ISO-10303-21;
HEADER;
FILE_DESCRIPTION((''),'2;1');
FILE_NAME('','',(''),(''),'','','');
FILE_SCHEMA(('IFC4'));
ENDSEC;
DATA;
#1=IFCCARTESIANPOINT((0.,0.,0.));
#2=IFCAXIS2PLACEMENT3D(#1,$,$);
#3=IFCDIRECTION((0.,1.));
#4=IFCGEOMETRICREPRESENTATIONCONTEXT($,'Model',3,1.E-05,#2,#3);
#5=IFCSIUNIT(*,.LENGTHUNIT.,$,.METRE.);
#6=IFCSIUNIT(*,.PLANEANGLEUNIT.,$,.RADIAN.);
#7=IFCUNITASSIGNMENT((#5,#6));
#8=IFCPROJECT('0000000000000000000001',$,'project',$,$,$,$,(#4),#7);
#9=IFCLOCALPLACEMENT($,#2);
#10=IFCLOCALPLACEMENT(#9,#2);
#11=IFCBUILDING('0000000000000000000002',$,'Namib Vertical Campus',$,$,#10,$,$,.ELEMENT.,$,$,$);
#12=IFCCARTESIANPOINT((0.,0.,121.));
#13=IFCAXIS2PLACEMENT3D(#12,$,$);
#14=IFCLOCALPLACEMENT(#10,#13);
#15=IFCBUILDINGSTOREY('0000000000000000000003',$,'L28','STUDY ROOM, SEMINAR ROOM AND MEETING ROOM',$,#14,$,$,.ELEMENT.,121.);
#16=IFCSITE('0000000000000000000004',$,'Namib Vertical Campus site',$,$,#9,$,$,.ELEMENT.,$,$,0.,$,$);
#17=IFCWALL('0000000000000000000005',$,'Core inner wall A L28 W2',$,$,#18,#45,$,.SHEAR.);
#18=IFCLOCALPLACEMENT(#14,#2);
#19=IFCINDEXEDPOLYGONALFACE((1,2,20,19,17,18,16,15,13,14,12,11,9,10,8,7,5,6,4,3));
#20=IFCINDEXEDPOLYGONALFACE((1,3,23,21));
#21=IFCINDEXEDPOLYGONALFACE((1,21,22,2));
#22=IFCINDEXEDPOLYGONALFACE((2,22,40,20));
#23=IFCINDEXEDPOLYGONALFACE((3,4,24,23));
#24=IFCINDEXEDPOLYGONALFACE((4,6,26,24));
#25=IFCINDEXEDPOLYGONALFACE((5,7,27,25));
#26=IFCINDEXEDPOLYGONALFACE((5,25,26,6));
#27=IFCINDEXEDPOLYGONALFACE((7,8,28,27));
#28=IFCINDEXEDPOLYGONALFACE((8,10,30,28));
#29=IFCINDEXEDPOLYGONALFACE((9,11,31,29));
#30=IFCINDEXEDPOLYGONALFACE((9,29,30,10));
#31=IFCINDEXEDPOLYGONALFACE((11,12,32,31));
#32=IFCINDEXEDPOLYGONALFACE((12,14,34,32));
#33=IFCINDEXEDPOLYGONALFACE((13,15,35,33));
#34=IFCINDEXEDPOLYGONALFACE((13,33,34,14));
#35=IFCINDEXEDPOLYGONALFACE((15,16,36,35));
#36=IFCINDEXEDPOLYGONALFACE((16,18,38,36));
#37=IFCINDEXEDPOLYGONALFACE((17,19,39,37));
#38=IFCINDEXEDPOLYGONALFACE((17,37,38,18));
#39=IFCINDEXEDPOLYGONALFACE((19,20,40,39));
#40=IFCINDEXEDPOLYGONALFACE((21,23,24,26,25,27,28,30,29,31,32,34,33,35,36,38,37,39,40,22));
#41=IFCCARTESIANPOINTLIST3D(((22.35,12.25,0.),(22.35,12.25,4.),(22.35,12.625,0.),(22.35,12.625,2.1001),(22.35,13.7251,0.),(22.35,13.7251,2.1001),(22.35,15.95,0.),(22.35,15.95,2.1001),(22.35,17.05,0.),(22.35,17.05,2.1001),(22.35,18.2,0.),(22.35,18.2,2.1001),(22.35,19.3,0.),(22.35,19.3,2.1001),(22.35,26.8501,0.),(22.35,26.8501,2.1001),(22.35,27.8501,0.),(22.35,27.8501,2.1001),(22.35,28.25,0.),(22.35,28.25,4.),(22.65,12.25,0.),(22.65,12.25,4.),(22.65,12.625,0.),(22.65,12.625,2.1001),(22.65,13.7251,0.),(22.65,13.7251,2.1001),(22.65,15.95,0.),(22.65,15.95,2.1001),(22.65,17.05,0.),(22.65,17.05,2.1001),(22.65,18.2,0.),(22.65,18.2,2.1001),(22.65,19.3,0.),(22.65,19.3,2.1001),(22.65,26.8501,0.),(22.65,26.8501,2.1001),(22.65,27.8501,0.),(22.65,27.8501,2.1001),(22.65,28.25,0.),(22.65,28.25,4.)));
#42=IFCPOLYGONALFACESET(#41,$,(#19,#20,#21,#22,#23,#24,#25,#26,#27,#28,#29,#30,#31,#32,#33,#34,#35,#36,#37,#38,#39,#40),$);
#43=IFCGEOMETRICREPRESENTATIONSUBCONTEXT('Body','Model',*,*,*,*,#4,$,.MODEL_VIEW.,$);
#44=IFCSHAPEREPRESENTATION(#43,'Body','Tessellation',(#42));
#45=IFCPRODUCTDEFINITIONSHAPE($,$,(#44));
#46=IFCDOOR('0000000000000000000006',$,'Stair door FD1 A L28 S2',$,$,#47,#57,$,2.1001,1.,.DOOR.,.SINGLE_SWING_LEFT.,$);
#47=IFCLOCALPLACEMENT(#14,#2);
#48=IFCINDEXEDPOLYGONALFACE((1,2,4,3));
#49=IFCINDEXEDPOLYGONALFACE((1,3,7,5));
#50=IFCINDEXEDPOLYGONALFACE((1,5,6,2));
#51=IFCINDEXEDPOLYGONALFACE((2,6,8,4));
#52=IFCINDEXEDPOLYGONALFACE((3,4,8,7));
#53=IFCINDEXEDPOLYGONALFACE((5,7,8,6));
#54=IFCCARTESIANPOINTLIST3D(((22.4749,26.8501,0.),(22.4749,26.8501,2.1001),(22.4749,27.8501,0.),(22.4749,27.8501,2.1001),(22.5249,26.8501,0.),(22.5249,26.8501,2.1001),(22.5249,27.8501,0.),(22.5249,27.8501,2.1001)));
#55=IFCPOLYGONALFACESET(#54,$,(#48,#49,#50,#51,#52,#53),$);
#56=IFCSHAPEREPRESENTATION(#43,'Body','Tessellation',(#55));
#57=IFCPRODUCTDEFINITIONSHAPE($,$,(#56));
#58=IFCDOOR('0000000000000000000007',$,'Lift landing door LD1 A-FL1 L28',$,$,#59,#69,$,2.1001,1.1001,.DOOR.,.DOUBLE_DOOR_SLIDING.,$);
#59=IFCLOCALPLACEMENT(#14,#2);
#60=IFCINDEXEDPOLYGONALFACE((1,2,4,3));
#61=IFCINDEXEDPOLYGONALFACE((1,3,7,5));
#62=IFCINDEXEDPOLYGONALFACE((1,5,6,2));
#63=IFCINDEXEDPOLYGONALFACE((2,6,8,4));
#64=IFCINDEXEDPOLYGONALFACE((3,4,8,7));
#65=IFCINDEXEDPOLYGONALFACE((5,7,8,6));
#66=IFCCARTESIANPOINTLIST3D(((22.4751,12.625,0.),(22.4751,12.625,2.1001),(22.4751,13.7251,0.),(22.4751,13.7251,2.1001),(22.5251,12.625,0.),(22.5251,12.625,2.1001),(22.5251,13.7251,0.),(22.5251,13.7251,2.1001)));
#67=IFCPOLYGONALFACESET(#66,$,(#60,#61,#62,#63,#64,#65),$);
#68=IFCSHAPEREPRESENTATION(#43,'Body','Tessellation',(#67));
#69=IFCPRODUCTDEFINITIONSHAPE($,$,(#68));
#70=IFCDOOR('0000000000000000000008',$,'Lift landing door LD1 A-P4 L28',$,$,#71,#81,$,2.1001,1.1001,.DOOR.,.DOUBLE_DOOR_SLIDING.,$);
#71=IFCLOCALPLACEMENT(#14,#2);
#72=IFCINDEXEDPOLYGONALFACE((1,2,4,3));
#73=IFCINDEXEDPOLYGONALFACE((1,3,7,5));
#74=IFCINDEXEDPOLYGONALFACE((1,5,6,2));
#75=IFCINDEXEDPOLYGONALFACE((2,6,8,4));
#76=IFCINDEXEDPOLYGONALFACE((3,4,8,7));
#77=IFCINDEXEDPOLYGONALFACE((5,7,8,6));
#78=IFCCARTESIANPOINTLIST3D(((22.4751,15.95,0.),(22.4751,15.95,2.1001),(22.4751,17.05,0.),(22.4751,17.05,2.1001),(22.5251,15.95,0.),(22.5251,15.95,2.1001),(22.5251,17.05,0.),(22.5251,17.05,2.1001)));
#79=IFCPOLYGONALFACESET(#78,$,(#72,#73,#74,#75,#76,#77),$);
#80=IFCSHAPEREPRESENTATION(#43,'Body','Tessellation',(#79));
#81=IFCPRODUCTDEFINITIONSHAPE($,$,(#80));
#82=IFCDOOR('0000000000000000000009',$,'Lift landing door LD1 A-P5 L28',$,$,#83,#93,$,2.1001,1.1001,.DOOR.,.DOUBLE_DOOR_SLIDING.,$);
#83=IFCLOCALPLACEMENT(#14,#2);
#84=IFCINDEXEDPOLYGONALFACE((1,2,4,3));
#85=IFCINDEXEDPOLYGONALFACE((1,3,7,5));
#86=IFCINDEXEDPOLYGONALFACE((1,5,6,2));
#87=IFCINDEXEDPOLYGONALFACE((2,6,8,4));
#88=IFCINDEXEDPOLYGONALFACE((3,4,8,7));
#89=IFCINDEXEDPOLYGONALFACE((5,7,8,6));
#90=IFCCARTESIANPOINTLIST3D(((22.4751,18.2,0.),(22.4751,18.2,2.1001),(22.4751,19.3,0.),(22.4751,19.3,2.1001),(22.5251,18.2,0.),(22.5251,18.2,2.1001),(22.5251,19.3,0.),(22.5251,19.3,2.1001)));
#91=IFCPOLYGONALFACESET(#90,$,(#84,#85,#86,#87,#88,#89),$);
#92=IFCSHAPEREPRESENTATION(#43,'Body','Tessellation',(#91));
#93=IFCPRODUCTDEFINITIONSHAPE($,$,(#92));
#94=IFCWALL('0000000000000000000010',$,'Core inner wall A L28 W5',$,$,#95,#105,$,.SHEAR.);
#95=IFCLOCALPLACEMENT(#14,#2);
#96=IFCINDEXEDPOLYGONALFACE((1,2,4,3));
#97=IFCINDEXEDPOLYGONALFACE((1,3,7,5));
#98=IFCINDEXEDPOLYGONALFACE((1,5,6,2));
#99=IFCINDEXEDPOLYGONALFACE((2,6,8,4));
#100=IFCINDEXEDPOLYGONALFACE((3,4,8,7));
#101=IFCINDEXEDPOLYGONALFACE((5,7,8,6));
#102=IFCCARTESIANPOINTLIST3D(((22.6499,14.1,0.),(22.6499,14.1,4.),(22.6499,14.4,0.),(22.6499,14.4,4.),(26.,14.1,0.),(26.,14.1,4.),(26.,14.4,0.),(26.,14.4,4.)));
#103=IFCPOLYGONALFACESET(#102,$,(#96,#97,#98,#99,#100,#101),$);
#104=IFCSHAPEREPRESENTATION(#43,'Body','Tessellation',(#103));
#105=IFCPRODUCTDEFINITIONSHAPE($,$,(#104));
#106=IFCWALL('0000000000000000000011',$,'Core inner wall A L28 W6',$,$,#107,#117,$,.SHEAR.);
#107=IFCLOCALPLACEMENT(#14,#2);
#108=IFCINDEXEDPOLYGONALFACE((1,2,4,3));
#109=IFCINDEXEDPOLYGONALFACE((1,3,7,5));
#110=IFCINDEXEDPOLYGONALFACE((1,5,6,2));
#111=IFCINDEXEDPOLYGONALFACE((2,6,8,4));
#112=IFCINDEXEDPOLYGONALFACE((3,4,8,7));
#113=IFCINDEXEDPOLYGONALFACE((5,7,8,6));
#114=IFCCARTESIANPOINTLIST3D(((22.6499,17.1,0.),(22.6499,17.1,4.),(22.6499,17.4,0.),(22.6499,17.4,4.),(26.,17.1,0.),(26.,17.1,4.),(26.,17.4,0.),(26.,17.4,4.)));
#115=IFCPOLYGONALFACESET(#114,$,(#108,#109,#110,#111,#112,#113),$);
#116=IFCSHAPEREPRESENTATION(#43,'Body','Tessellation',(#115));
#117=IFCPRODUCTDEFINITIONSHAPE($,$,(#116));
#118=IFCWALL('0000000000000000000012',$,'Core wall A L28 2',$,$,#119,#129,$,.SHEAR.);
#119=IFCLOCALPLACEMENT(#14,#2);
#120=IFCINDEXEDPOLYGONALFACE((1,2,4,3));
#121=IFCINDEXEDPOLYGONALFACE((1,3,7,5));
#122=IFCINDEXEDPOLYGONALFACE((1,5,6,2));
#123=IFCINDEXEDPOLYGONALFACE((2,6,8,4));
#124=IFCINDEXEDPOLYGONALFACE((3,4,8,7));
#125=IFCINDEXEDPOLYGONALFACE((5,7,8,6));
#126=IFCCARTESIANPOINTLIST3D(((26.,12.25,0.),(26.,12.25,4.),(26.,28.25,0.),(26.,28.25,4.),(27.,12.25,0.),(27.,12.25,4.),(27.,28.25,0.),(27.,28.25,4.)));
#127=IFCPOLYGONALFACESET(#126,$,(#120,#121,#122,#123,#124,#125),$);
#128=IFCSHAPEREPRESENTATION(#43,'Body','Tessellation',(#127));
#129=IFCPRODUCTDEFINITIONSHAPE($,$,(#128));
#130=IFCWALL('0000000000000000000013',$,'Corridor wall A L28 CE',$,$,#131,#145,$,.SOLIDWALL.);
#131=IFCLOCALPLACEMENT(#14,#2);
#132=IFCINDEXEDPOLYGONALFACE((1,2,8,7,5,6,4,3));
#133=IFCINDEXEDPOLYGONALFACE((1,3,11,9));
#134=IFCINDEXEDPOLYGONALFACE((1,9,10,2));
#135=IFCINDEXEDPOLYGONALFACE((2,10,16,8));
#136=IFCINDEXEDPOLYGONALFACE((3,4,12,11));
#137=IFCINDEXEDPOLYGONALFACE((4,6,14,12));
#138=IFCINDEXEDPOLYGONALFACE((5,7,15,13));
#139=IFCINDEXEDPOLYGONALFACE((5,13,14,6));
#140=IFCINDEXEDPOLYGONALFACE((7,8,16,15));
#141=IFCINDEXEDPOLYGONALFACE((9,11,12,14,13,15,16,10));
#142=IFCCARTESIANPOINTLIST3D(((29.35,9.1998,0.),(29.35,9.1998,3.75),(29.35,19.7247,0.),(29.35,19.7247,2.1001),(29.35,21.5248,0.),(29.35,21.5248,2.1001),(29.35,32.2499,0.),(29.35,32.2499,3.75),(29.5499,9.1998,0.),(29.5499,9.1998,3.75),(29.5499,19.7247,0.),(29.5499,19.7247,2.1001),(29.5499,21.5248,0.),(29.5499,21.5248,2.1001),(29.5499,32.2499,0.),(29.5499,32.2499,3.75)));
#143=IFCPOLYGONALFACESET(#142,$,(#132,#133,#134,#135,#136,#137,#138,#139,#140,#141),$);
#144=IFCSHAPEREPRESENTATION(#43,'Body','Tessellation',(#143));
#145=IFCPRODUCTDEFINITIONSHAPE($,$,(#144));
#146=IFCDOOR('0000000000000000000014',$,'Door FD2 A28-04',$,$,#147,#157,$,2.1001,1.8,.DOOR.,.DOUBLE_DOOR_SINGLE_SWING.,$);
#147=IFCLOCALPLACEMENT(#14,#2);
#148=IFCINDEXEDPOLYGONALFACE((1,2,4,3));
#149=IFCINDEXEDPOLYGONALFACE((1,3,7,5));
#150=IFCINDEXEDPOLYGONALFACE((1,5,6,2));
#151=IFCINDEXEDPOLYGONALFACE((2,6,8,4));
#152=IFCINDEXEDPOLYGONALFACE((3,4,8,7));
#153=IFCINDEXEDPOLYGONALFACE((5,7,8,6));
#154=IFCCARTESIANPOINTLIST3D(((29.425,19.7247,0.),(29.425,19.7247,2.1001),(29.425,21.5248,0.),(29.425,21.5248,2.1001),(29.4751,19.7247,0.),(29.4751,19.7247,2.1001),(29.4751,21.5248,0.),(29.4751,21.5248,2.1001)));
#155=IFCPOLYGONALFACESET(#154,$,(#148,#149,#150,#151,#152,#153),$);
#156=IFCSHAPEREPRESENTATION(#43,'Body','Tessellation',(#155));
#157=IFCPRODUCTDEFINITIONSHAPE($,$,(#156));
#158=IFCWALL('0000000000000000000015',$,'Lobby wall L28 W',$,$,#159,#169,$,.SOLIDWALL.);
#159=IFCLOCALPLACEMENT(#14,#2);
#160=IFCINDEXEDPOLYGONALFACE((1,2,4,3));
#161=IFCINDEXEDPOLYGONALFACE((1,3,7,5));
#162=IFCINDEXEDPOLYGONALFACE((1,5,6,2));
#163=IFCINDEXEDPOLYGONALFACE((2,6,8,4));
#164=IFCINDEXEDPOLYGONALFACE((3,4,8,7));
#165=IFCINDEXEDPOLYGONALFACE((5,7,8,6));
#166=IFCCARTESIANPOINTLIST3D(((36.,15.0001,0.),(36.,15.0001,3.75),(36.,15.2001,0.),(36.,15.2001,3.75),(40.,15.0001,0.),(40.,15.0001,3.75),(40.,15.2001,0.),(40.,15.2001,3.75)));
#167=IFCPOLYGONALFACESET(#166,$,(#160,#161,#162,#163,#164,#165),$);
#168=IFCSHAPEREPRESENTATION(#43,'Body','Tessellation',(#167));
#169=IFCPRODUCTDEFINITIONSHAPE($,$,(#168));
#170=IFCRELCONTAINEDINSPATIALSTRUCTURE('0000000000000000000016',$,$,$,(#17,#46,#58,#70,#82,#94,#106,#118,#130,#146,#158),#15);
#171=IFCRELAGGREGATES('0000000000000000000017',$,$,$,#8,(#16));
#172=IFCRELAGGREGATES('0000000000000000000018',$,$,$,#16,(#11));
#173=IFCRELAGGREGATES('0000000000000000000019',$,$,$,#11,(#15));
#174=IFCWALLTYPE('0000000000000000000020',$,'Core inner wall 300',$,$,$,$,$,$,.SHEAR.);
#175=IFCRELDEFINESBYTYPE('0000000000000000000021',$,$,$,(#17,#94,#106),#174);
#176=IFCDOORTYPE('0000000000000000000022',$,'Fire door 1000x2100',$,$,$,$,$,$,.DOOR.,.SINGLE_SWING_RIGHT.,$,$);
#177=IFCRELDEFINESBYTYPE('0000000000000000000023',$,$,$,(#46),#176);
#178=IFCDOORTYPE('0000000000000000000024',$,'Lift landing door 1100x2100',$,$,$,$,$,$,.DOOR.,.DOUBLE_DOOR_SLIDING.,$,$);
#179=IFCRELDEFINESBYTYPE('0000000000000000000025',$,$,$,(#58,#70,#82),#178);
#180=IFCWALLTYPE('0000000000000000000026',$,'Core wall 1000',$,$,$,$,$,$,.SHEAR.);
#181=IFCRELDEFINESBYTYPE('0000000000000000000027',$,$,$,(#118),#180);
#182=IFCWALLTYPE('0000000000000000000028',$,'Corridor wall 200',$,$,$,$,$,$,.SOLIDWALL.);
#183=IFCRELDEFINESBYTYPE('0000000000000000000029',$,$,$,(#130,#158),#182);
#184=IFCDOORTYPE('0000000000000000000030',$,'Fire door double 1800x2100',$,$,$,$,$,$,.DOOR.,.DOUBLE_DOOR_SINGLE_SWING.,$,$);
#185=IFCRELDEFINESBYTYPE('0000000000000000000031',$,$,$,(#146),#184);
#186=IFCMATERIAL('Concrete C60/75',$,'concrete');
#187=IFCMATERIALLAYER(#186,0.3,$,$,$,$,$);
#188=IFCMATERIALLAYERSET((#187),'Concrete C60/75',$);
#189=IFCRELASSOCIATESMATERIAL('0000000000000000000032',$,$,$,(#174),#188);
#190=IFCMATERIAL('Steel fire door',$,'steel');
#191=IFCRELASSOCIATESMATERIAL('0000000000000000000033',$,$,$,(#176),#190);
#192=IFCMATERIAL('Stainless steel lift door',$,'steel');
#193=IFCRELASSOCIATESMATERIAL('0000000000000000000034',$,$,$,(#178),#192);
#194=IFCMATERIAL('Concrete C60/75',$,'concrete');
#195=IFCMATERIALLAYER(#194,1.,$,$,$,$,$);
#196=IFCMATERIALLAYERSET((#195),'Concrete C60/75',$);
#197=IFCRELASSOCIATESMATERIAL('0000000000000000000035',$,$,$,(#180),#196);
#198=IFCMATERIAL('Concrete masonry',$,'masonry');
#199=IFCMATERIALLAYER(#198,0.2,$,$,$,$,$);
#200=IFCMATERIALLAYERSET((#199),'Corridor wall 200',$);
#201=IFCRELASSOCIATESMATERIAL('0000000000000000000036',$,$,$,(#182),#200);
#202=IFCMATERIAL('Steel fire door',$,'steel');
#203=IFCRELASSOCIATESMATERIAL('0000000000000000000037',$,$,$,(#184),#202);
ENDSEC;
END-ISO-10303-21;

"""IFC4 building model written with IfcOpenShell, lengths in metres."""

from ifc_helpers import new_model, si_unit, direction, frame, frame_2d, origin, place, context, subcontext, project, spatial, rectangle, extrude, material, layer, layer_set, type_object, element, fill, save


model = new_model("IFC4")

# Units and contexts
model_context = context("Model", 3, precision=1e-05, world=origin(), true_north=direction((0.0, 1.0)))
body_context = subcontext(model_context, "Body", "Model", "MODEL_VIEW")
ifc_project = project(units=[si_unit("LENGTHUNIT", "METRE"), si_unit("PLANEANGLEUNIT", "RADIAN")], contexts=[model_context])

# Site, building, storey
site_placement = place(None, origin())
site = spatial("IfcSite", under=ifc_project, at=site_placement, Name="Namib Vertical Campus site", CompositionType="ELEMENT", RefElevation=0.0)
building_placement = place(site_placement, origin())
building = spatial("IfcBuilding", under=site, at=building_placement, Name="Namib Vertical Campus", CompositionType="ELEMENT")
storey_placement = place(building_placement, frame((0.0, 0.0, 121.0)))
storey = spatial("IfcBuildingStorey", under=building, at=storey_placement, Name="L28", Description="STUDY ROOM, SEMINAR ROOM AND MEETING ROOM", CompositionType="ELEMENT", Elevation=121.0)

# Wall, openings, doors
ifc_material_1 = material(Name="Concrete C60/75", Category="concrete")
ifc_layer_1 = layer(ifc_material_1, 0.3)
ifc_layer_set_1 = layer_set([ifc_layer_1], Name="Concrete C60/75")
wall_type_1 = type_object("IfcWallType", Name="Core inner wall 300", PredefinedType="SHEAR", material=ifc_layer_set_1)
wall_1_placement = place(storey_placement, frame((22.5, 12.25, 0.0), z_axis=(0.0, 0.0, 1.0), x_axis=(0.0, 1.0, 0.0)))
wall_1 = element("IfcWall", 1, at=wall_1_placement, inside=storey, type_object=wall_type_1, Name="Core inner wall A L28 W2", PredefinedType="SHEAR", context=body_context, shape_type="SweptSolid", body=[
    extrude(rectangle(XDim=16.0, YDim=0.3, at=frame_2d((8.0, 0.0))), origin(), (0.0, 0.0, 1.0), 4.0),
])
opening_1_placement = place(wall_1_placement, frame((14.6001, 0.0, 0.0)))
opening_1 = element("IfcOpeningElement", 2, at=opening_1_placement, cuts=wall_1, PredefinedType="OPENING", context=body_context, shape_type="SweptSolid", body=[
    extrude(rectangle(XDim=1.0, YDim=2.1001, at=frame_2d((0.5, 1.05))), frame((0.0, 0.1599, 0.0), z_axis=(0.0, -1.0, 0.0), x_axis=(1.0, 0.0, 0.0)), (0.0, 0.0, 1.0), 0.3201),
])
opening_2_placement = place(wall_1_placement, frame((0.375, 0.0, 0.0)))
opening_2 = element("IfcOpeningElement", 3, at=opening_2_placement, cuts=wall_1, PredefinedType="OPENING", context=body_context, shape_type="SweptSolid", body=[
    extrude(rectangle(XDim=1.1001, YDim=2.1001, at=frame_2d((0.55, 1.05))), frame((0.0, 0.1599, 0.0), z_axis=(0.0, -1.0, 0.0), x_axis=(1.0, 0.0, 0.0)), (0.0, 0.0, 1.0), 0.3201),
])
opening_3_placement = place(wall_1_placement, frame((3.7, 0.0, 0.0)))
opening_3 = element("IfcOpeningElement", 4, at=opening_3_placement, cuts=wall_1, PredefinedType="OPENING", context=body_context, shape_type="SweptSolid", body=[
    extrude(rectangle(XDim=1.1001, YDim=2.1001, at=frame_2d((0.55, 1.05))), frame((0.0, 0.1599, 0.0), z_axis=(0.0, -1.0, 0.0), x_axis=(1.0, 0.0, 0.0)), (0.0, 0.0, 1.0), 0.3201),
])
opening_4_placement = place(wall_1_placement, frame((5.95, 0.0, 0.0)))
opening_4 = element("IfcOpeningElement", 5, at=opening_4_placement, cuts=wall_1, PredefinedType="OPENING", context=body_context, shape_type="SweptSolid", body=[
    extrude(rectangle(XDim=1.1001, YDim=2.1001, at=frame_2d((0.55, 1.05))), frame((0.0, 0.1599, 0.0), z_axis=(0.0, -1.0, 0.0), x_axis=(1.0, 0.0, 0.0)), (0.0, 0.0, 1.0), 0.3201),
])
ifc_material_2 = material(Name="Steel fire door", Category="steel")
door_type_1 = type_object("IfcDoorType", Name="Fire door 1000x2100", OperationType="SINGLE_SWING_RIGHT", PredefinedType="DOOR", material=ifc_material_2)
door_1_placement = place(opening_1_placement, frame((1.0, 0.0, 0.0), z_axis=(0.0, 0.0, 1.0), x_axis=(-1.0, 0.0, 0.0)))
door_1 = element("IfcDoor", 6, at=door_1_placement, inside=storey, type_object=door_type_1, Name="Stair door FD1 A L28 S2", OperationType="SINGLE_SWING_LEFT", OverallHeight=2.1001, OverallWidth=1.0, PredefinedType="DOOR", context=body_context, shape_type="SweptSolid", body=[
    extrude(rectangle(XDim=1.0, YDim=2.1001, at=frame_2d((0.5, 1.05))), frame((0.0, 0.0249, 0.0), z_axis=(0.0, -1.0, 0.0), x_axis=(1.0, 0.0, 0.0)), (0.0, 0.0, 1.0), 0.05),
])
fill(opening_1, door_1)
ifc_material_3 = material(Name="Stainless steel lift door", Category="steel")
door_type_2 = type_object("IfcDoorType", Name="Lift landing door 1100x2100", OperationType="DOUBLE_DOOR_SLIDING", PredefinedType="DOOR", material=ifc_material_3)
door_2_placement = place(opening_2_placement, origin())
door_2 = element("IfcDoor", 7, at=door_2_placement, inside=storey, type_object=door_type_2, Name="Lift landing door LD1 A-FL1 L28", OperationType="DOUBLE_DOOR_SLIDING", OverallHeight=2.1001, OverallWidth=1.1001, PredefinedType="DOOR", context=body_context, shape_type="SweptSolid", body=[
    extrude(rectangle(XDim=1.1001, YDim=2.1001, at=frame_2d((0.55, 1.05))), frame((0.0, 0.0249, 0.0), z_axis=(0.0, -1.0, 0.0), x_axis=(1.0, 0.0, 0.0)), (0.0, 0.0, 1.0), 0.05),
])
fill(opening_2, door_2)
door_3_placement = place(opening_3_placement, origin())
door_3 = element("IfcDoor", 8, at=door_3_placement, inside=storey, type_object=door_type_2, Name="Lift landing door LD1 A-P4 L28", OperationType="DOUBLE_DOOR_SLIDING", OverallHeight=2.1001, OverallWidth=1.1001, PredefinedType="DOOR", context=body_context, shape_type="SweptSolid", body=[
    extrude(rectangle(XDim=1.1001, YDim=2.1001, at=frame_2d((0.55, 1.05))), frame((0.0, 0.0249, 0.0), z_axis=(0.0, -1.0, 0.0), x_axis=(1.0, 0.0, 0.0)), (0.0, 0.0, 1.0), 0.05),
])
fill(opening_3, door_3)
door_4_placement = place(opening_4_placement, origin())
door_4 = element("IfcDoor", 9, at=door_4_placement, inside=storey, type_object=door_type_2, Name="Lift landing door LD1 A-P5 L28", OperationType="DOUBLE_DOOR_SLIDING", OverallHeight=2.1001, OverallWidth=1.1001, PredefinedType="DOOR", context=body_context, shape_type="SweptSolid", body=[
    extrude(rectangle(XDim=1.1001, YDim=2.1001, at=frame_2d((0.55, 1.05))), frame((0.0, 0.0249, 0.0), z_axis=(0.0, -1.0, 0.0), x_axis=(1.0, 0.0, 0.0)), (0.0, 0.0, 1.0), 0.05),
])
fill(opening_4, door_4)

# Walls
for number, where, z_axis, x_axis, name in (
    (10, (22.6499, 14.25, 0.0), (0.0, 0.0, 1.0), (1.0, 0.0, 0.0), "Core inner wall A L28 W5"),
    (11, (22.6499, 17.25, 0.0), (0.0, 0.0, 1.0), (1.0, 0.0, 0.0), "Core inner wall A L28 W6"),
):
    element("IfcWall", number, at=place(storey_placement, frame(where, z_axis=z_axis, x_axis=x_axis)), inside=storey, type_object=wall_type_1, Name=name, PredefinedType="SHEAR", context=body_context, shape_type="SweptSolid", body=[
        extrude(rectangle(XDim=3.3501, YDim=0.3, at=frame_2d((1.675, 0.0))), origin(), (0.0, 0.0, 1.0), 4.0),
    ])
ifc_material_4 = material(Name="Concrete C60/75", Category="concrete")
ifc_layer_2 = layer(ifc_material_4, 1.0)
ifc_layer_set_2 = layer_set([ifc_layer_2], Name="Concrete C60/75")
wall_type_2 = type_object("IfcWallType", Name="Core wall 1000", PredefinedType="SHEAR", material=ifc_layer_set_2)
wall_2_placement = place(storey_placement, frame((26.5, 12.25, 0.0), z_axis=(0.0, 0.0, 1.0), x_axis=(0.0, 1.0, 0.0)))
element("IfcWall", 12, at=wall_2_placement, inside=storey, type_object=wall_type_2, Name="Core wall A L28 2", PredefinedType="SHEAR", context=body_context, shape_type="SweptSolid", body=[
    extrude(rectangle(XDim=16.0, YDim=1.0, at=frame_2d((8.0, 0.0))), origin(), (0.0, 0.0, 1.0), 4.0),
])

# Wall, opening, door
ifc_material_5 = material(Name="Concrete masonry", Category="masonry")
ifc_layer_3 = layer(ifc_material_5, 0.2)
ifc_layer_set_3 = layer_set([ifc_layer_3], Name="Corridor wall 200")
wall_type_3 = type_object("IfcWallType", Name="Corridor wall 200", PredefinedType="SOLIDWALL", material=ifc_layer_set_3)
wall_3_placement = place(storey_placement, frame((29.45, 9.2, 0.0), z_axis=(0.0, 0.0, 1.0), x_axis=(0.0, 1.0, 0.0)))
wall_3 = element("IfcWall", 13, at=wall_3_placement, inside=storey, type_object=wall_type_3, Name="Corridor wall A L28 CE", PredefinedType="SOLIDWALL", context=body_context, shape_type="SweptSolid", body=[
    extrude(rectangle(XDim=23.05, YDim=0.2, at=frame_2d((11.5249, 0.0))), origin(), (0.0, 0.0, 1.0), 3.75),
])
opening_5_placement = place(wall_3_placement, frame((10.5249, 0.0, 0.0)))
opening_5 = element("IfcOpeningElement", 14, at=opening_5_placement, cuts=wall_3, PredefinedType="OPENING", context=body_context, shape_type="SweptSolid", body=[
    extrude(rectangle(XDim=1.8, YDim=2.1001, at=frame_2d((0.8999, 1.05))), frame((0.0, 0.1099, 0.0), z_axis=(0.0, -1.0, 0.0), x_axis=(1.0, 0.0, 0.0)), (0.0, 0.0, 1.0), 0.22),
])
ifc_material_6 = material(Name="Steel fire door", Category="steel")
door_type_3 = type_object("IfcDoorType", Name="Fire door double 1800x2100", OperationType="DOUBLE_DOOR_SINGLE_SWING", PredefinedType="DOOR", material=ifc_material_6)
door_5_placement = place(opening_5_placement, origin())
door_5 = element("IfcDoor", 15, at=door_5_placement, inside=storey, type_object=door_type_3, Name="Door FD2 A28-04", OperationType="DOUBLE_DOOR_SINGLE_SWING", OverallHeight=2.1001, OverallWidth=1.8, PredefinedType="DOOR", context=body_context, shape_type="SweptSolid", body=[
    extrude(rectangle(XDim=1.8, YDim=2.1001, at=frame_2d((0.8999, 1.05))), frame((0.0, 0.0249, 0.0), z_axis=(0.0, -1.0, 0.0), x_axis=(1.0, 0.0, 0.0)), (0.0, 0.0, 1.0), 0.05),
])
fill(opening_5, door_5)

# Wall
wall_4_placement = place(storey_placement, frame((36.0, 15.1001, 0.0), z_axis=(0.0, 0.0, 1.0), x_axis=(1.0, 0.0, 0.0)))
element("IfcWall", 16, at=wall_4_placement, inside=storey, type_object=wall_type_3, Name="Lobby wall L28 W", PredefinedType="SOLIDWALL", context=body_context, shape_type="SweptSolid", body=[
    extrude(rectangle(XDim=4.0, YDim=0.2, at=frame_2d((2.0, 0.0))), origin(), (0.0, 0.0, 1.0), 3.75),
])

save(model, "model.ifc")
